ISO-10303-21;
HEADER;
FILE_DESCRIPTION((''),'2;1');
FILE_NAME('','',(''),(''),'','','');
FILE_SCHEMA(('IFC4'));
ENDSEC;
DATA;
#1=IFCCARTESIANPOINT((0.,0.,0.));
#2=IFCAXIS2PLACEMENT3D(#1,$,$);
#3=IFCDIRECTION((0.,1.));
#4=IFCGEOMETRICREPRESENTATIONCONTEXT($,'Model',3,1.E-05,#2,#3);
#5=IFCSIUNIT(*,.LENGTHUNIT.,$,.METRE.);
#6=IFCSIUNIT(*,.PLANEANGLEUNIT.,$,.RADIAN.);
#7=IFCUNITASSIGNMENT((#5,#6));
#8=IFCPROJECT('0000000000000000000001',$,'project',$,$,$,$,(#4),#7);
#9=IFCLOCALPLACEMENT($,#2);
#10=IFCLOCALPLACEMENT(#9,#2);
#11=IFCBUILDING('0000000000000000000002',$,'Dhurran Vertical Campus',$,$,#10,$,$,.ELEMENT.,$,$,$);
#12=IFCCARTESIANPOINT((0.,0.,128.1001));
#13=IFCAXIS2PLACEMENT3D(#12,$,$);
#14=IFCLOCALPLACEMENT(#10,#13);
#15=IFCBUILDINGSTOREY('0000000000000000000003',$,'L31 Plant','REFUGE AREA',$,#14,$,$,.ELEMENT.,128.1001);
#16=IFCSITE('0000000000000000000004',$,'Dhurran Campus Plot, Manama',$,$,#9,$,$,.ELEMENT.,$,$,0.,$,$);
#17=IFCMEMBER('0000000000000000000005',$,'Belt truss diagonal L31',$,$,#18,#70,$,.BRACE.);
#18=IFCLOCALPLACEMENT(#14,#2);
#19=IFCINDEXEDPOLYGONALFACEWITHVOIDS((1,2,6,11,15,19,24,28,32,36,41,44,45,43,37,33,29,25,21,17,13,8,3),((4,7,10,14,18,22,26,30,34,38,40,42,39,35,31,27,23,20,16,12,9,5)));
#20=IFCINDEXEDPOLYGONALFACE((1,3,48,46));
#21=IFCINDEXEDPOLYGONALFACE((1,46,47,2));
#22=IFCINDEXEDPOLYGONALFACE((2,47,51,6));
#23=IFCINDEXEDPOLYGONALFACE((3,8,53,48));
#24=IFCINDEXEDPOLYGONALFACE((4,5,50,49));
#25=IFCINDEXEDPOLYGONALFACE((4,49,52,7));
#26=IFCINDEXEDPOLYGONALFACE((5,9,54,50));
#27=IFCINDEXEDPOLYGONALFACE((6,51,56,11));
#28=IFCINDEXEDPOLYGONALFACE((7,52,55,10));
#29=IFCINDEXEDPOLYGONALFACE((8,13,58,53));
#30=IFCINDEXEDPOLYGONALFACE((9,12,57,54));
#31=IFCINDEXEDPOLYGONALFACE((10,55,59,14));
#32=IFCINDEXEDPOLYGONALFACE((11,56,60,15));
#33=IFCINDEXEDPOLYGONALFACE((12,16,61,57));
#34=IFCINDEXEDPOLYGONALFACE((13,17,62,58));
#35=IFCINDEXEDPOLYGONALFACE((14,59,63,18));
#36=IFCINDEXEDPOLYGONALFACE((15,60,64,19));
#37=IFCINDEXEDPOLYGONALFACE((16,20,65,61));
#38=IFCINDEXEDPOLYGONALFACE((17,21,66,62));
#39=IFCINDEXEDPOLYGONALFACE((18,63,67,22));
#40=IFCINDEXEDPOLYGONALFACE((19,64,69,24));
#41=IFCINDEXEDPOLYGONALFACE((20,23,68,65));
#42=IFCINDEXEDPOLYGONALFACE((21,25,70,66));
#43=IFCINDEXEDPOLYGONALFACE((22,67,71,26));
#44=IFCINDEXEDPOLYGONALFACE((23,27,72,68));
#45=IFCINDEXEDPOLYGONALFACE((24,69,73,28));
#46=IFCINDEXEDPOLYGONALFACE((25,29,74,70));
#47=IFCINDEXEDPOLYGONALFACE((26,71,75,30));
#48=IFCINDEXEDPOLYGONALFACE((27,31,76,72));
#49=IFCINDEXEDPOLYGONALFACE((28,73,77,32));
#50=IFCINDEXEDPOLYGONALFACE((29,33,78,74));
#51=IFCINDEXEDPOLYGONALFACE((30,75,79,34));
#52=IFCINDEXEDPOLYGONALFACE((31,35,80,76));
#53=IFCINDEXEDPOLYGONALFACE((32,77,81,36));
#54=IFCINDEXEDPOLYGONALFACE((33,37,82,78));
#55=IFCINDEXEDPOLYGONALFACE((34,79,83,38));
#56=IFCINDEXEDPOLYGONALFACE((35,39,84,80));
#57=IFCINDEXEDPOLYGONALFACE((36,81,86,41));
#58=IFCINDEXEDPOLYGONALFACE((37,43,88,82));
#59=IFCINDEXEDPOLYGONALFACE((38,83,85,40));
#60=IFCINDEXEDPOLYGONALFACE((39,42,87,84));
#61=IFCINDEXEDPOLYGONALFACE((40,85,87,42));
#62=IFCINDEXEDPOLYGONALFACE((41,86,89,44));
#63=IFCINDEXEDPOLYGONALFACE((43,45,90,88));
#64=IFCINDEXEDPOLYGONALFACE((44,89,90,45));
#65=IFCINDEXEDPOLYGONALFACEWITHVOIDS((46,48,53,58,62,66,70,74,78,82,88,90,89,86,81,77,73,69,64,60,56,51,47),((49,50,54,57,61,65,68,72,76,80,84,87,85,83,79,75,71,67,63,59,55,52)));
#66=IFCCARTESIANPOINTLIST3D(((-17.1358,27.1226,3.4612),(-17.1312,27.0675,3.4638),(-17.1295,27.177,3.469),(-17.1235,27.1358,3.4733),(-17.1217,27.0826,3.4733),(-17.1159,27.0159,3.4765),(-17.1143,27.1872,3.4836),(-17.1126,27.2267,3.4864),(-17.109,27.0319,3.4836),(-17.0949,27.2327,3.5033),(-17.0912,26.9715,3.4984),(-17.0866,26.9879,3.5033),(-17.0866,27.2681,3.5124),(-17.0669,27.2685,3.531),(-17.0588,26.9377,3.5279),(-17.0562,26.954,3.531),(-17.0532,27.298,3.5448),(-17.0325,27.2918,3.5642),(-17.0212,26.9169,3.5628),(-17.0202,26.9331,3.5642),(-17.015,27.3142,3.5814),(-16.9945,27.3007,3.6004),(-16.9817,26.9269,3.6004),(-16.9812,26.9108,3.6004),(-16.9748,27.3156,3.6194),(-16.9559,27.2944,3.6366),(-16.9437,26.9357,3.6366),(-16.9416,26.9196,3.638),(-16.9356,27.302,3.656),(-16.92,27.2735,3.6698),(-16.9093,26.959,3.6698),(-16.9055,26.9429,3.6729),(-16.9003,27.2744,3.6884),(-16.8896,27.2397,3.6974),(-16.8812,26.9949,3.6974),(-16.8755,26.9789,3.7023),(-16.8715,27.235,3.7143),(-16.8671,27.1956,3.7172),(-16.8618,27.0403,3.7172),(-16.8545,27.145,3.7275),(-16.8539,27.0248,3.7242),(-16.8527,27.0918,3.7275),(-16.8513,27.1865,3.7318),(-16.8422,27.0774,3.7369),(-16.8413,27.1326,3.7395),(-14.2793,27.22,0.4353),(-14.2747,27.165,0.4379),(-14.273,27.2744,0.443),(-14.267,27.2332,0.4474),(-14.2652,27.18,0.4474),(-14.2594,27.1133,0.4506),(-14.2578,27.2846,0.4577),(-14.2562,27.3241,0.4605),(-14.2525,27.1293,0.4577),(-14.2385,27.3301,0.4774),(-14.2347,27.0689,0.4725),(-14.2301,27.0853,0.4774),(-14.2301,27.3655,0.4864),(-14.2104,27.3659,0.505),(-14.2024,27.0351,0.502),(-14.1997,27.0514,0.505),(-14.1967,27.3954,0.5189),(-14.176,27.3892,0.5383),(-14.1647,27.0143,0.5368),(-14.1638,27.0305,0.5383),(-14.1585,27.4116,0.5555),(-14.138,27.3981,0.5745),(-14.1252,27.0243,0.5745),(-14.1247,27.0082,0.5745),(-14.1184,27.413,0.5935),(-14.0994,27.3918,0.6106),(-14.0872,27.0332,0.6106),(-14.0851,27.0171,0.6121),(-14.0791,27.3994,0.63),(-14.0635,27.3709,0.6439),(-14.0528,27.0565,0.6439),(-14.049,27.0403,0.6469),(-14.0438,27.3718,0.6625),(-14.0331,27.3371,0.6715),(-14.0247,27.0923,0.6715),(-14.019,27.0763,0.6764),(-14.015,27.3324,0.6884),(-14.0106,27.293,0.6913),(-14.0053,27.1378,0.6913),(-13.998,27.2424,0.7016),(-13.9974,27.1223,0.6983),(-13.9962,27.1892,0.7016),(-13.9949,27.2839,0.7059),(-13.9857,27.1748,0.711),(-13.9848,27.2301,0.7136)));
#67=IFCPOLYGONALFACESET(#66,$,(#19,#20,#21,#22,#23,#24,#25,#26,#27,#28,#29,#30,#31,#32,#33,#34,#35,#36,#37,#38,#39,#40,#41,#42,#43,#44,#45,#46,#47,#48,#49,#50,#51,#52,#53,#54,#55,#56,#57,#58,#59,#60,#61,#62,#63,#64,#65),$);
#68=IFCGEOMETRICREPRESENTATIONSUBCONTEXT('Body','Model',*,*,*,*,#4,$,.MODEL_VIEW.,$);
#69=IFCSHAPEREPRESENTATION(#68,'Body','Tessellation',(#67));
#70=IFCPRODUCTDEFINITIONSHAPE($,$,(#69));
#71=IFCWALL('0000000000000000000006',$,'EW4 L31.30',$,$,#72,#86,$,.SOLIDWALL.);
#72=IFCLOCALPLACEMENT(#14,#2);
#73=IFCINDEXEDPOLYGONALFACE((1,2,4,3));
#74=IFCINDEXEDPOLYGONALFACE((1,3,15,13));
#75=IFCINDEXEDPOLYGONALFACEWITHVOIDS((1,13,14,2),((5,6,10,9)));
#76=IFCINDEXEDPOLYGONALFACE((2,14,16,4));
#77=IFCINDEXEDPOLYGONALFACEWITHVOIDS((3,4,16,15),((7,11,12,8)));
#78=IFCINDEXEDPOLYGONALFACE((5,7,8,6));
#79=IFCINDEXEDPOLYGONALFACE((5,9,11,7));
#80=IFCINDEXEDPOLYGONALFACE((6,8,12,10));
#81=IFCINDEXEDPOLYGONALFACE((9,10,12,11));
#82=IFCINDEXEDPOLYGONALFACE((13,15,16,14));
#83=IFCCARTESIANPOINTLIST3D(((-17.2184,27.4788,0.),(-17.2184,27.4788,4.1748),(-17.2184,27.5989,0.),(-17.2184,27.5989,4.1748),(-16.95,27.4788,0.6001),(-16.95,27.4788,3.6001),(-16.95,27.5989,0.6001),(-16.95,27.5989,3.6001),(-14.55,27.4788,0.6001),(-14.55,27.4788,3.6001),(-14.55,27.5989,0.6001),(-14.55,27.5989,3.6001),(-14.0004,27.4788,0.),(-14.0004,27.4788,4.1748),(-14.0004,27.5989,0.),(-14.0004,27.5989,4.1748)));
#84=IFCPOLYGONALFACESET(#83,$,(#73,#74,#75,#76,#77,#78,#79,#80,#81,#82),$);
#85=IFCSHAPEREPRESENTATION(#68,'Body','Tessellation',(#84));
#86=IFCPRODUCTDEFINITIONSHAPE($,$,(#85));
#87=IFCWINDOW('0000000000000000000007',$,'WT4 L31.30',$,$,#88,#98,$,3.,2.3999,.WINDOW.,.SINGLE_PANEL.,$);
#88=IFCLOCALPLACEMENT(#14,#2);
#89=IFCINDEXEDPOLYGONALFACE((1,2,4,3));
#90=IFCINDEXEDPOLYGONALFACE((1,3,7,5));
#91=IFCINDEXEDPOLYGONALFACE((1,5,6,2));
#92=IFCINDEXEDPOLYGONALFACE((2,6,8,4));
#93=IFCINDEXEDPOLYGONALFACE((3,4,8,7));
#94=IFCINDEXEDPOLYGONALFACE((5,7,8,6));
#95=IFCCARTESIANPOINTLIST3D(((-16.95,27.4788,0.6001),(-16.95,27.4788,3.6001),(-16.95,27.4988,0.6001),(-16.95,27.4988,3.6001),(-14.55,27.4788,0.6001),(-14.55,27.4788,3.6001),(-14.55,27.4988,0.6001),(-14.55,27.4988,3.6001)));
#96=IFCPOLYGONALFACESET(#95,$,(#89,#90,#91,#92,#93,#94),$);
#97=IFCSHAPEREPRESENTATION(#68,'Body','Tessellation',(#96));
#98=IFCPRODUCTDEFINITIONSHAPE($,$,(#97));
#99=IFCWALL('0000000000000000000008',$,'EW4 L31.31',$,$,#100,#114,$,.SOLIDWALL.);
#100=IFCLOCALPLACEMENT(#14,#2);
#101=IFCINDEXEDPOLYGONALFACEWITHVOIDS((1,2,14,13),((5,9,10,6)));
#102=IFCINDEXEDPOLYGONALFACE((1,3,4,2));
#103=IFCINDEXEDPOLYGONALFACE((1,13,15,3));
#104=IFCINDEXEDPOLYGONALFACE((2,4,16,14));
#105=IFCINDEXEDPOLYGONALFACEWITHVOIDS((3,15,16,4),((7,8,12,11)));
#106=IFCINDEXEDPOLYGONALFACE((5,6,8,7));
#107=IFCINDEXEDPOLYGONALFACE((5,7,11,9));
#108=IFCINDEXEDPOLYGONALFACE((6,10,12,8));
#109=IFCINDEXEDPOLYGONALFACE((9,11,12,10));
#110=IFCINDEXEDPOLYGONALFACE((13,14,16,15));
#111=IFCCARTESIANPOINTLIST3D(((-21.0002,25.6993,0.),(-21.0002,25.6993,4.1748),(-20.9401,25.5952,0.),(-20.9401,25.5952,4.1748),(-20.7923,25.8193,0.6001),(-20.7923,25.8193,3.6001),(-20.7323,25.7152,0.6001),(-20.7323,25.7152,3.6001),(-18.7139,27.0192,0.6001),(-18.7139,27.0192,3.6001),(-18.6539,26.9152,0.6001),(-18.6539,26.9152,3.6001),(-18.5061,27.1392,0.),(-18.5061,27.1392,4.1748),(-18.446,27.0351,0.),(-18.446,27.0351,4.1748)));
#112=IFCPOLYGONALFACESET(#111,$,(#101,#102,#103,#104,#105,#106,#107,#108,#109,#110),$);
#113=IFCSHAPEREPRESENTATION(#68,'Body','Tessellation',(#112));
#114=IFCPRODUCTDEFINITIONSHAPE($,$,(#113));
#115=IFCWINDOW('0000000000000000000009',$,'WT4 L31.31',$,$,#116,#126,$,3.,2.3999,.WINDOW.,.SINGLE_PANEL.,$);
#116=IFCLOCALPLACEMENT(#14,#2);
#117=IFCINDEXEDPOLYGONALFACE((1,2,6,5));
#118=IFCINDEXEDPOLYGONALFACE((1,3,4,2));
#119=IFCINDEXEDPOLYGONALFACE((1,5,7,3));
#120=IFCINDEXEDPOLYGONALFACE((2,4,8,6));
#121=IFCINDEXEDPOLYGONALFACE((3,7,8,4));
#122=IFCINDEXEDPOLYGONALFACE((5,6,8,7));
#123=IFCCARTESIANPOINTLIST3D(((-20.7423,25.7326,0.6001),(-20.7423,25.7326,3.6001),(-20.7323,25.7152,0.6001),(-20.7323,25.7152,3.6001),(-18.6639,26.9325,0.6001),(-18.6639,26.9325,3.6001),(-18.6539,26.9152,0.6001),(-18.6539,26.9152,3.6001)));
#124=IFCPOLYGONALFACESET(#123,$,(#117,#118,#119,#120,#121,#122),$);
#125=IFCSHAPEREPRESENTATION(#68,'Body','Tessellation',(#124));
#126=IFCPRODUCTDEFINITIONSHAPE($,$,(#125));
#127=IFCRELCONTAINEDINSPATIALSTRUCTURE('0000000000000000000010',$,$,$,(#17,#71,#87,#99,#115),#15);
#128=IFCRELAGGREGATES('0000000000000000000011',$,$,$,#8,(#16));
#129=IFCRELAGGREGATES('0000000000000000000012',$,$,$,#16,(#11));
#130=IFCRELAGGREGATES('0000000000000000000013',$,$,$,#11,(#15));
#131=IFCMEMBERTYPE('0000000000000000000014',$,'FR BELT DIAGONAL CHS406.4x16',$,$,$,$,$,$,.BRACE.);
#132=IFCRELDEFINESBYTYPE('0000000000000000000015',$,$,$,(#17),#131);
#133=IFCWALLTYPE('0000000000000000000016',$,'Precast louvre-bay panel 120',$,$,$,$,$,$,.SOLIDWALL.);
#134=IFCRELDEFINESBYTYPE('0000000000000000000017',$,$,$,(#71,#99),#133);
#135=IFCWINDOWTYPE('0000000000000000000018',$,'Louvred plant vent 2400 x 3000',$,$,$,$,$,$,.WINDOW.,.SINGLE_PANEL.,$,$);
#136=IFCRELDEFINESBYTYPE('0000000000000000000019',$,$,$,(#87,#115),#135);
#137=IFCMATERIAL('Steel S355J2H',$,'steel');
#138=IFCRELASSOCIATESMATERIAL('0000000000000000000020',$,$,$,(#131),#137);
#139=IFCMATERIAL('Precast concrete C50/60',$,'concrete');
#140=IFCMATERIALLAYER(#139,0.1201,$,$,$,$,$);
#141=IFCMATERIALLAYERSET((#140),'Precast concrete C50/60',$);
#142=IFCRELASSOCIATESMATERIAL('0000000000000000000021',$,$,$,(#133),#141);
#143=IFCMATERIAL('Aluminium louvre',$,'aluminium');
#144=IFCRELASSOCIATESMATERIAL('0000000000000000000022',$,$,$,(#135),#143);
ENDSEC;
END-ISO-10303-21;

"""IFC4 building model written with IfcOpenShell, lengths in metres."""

from ifc_helpers import new_model, si_unit, direction, frame, frame_2d, origin, origin_2d, place, context, subcontext, project, spatial, rectangle, hollow_circle, extrude, material, layer, layer_set, material_profile, profile_set, type_object, element, fill, save


model = new_model("IFC4")

# Units and contexts
model_context = context("Model", 3, precision=1e-05, world=origin(), true_north=direction((0.0, 1.0)))
body_context = subcontext(model_context, "Body", "Model", "MODEL_VIEW")
ifc_project = project(units=[si_unit("LENGTHUNIT", "METRE"), si_unit("PLANEANGLEUNIT", "RADIAN")], contexts=[model_context])

# Site, building, storey
site_placement = place(None, origin())
site = spatial("IfcSite", under=ifc_project, at=site_placement, Name="Dhurran Campus Plot, Manama", CompositionType="ELEMENT", RefElevation=0.0)
building_placement = place(site_placement, origin())
building = spatial("IfcBuilding", under=site, at=building_placement, Name="Dhurran Vertical Campus", CompositionType="ELEMENT")
storey_placement = place(building_placement, frame((0.0, 0.0, 128.1001)))
storey = spatial("IfcBuildingStorey", under=building, at=storey_placement, Name="L31 Plant", Description="REFUGE AREA", CompositionType="ELEMENT", Elevation=128.1001)

# Member
ifc_material_1 = material(Name="Steel S355J2H", Category="steel")
ifc_material_profile_1 = material_profile(ifc_material_1, hollow_circle(Radius=0.2031, WallThickness=0.0161, at=origin_2d()), Name="CHS406.4x16")
ifc_profile_set_1 = profile_set([ifc_material_profile_1], Name="Steel S355J2H")
member_type = type_object("IfcMemberType", Name="FR BELT DIAGONAL CHS406.4x16", PredefinedType="BRACE", material=ifc_profile_set_1)
member_1_placement = place(storey_placement, frame((-14.1316, 27.2112, 0.5745), z_axis=(-0.686267, -0.023403, 0.726973), x_axis=(0.034083, -0.999419, 0.0)))
element("IfcMember", 1, at=member_1_placement, inside=storey, type_object=member_type, Name="Belt truss diagonal L31", PredefinedType="BRACE", context=body_context, shape_type="SweptSolid", body=[
    extrude(hollow_circle(Radius=0.2031, WallThickness=0.0161, at=origin_2d()), origin(), (0.0, 0.0, 1.0), 4.1624),
])

# Walls, openings, windows
ifc_material_2 = material(Name="Precast concrete C50/60", Category="concrete")
ifc_layer_1 = layer(ifc_material_2, 0.1201)
ifc_layer_set_1 = layer_set([ifc_layer_1], Name="Precast concrete C50/60")
wall_type_1 = type_object("IfcWallType", Name="Precast louvre-bay panel 120", PredefinedType="SOLIDWALL", material=ifc_layer_set_1)
wall_1_placement = place(storey_placement, frame((-14.0005, 27.5388, 0.0), z_axis=(0.0, 0.0, 1.0), x_axis=(-1.0, 0.0, 0.0)))
wall_1 = element("IfcWall", 2, at=wall_1_placement, inside=storey, type_object=wall_type_1, Name="EW4 L31.30", PredefinedType="SOLIDWALL", context=body_context, shape_type="SweptSolid", body=[
    extrude(rectangle(XDim=3.218, YDim=0.1201, at=frame_2d((1.6089, 0.0))), origin(), (0.0, 0.0, 1.0), 4.1748),
])
opening_1_placement = place(wall_1_placement, frame((0.5496, 0.0, 0.6001)))
opening_1 = element("IfcOpeningElement", 3, at=opening_1_placement, cuts=wall_1, PredefinedType="OPENING", context=body_context, shape_type="SweptSolid", body=[
    extrude(rectangle(XDim=2.3999, YDim=3.0, at=frame_2d((1.2, 1.5))), frame((0.0, 0.0701, 0.0), z_axis=(0.0, -1.0, 0.0), x_axis=(1.0, 0.0, 0.0)), (0.0, 0.0, 1.0), 0.1401),
])
ifc_material_3 = material(Name="Aluminium louvre", Category="aluminium")
window_type = type_object("IfcWindowType", Name="Louvred plant vent 2400 x 3000", PartitioningType="SINGLE_PANEL", PredefinedType="WINDOW", material=ifc_material_3)
window_1_placement = place(opening_1_placement, origin())
window_1 = element("IfcWindow", 4, at=window_1_placement, inside=storey, type_object=window_type, Name="WT4 L31.30", OverallHeight=3.0, OverallWidth=2.3999, PartitioningType="SINGLE_PANEL", PredefinedType="WINDOW", context=body_context, shape_type="SweptSolid", body=[
    extrude(rectangle(XDim=2.3999, YDim=3.0, at=frame_2d((1.2, 1.5))), frame((0.0, 0.0601, 0.0), z_axis=(0.0, -1.0, 0.0), x_axis=(1.0, 0.0, 0.0)), (0.0, 0.0, 1.0), 0.02),
])
fill(opening_1, window_1)
wall_2_placement = place(storey_placement, frame((-18.4761, 27.0872, 0.0), z_axis=(0.0, 0.0, 1.0), x_axis=(-0.866033, -0.499987, 0.0)))
wall_2 = element("IfcWall", 5, at=wall_2_placement, inside=storey, type_object=wall_type_1, Name="EW4 L31.31", PredefinedType="SOLIDWALL", context=body_context, shape_type="SweptSolid", body=[
    extrude(rectangle(XDim=2.8799, YDim=0.1201, at=frame_2d((1.4399, 0.0))), origin(), (0.0, 0.0, 1.0), 4.1748),
])
opening_2_placement = place(wall_2_placement, frame((0.24, 0.0, 0.6001)))
opening_2 = element("IfcOpeningElement", 6, at=opening_2_placement, cuts=wall_2, PredefinedType="OPENING", context=body_context, shape_type="SweptSolid", body=[
    extrude(rectangle(XDim=2.3999, YDim=3.0, at=frame_2d((1.2, 1.5))), frame((0.0, 0.0701, 0.0), z_axis=(0.0, -1.0, 0.0), x_axis=(1.0, 0.0, 0.0)), (0.0, 0.0, 1.0), 0.1401),
])
window_2_placement = place(opening_2_placement, origin())
window_2 = element("IfcWindow", 7, at=window_2_placement, inside=storey, type_object=window_type, Name="WT4 L31.31", OverallHeight=3.0, OverallWidth=2.3999, PartitioningType="SINGLE_PANEL", PredefinedType="WINDOW", context=body_context, shape_type="SweptSolid", body=[
    extrude(rectangle(XDim=2.3999, YDim=3.0, at=frame_2d((1.2, 1.5))), frame((0.0, 0.0601, 0.0), z_axis=(0.0, -1.0, 0.0), x_axis=(1.0, 0.0, 0.0)), (0.0, 0.0, 1.0), 0.02),
])
fill(opening_2, window_2)

save(model, "model.ifc")
